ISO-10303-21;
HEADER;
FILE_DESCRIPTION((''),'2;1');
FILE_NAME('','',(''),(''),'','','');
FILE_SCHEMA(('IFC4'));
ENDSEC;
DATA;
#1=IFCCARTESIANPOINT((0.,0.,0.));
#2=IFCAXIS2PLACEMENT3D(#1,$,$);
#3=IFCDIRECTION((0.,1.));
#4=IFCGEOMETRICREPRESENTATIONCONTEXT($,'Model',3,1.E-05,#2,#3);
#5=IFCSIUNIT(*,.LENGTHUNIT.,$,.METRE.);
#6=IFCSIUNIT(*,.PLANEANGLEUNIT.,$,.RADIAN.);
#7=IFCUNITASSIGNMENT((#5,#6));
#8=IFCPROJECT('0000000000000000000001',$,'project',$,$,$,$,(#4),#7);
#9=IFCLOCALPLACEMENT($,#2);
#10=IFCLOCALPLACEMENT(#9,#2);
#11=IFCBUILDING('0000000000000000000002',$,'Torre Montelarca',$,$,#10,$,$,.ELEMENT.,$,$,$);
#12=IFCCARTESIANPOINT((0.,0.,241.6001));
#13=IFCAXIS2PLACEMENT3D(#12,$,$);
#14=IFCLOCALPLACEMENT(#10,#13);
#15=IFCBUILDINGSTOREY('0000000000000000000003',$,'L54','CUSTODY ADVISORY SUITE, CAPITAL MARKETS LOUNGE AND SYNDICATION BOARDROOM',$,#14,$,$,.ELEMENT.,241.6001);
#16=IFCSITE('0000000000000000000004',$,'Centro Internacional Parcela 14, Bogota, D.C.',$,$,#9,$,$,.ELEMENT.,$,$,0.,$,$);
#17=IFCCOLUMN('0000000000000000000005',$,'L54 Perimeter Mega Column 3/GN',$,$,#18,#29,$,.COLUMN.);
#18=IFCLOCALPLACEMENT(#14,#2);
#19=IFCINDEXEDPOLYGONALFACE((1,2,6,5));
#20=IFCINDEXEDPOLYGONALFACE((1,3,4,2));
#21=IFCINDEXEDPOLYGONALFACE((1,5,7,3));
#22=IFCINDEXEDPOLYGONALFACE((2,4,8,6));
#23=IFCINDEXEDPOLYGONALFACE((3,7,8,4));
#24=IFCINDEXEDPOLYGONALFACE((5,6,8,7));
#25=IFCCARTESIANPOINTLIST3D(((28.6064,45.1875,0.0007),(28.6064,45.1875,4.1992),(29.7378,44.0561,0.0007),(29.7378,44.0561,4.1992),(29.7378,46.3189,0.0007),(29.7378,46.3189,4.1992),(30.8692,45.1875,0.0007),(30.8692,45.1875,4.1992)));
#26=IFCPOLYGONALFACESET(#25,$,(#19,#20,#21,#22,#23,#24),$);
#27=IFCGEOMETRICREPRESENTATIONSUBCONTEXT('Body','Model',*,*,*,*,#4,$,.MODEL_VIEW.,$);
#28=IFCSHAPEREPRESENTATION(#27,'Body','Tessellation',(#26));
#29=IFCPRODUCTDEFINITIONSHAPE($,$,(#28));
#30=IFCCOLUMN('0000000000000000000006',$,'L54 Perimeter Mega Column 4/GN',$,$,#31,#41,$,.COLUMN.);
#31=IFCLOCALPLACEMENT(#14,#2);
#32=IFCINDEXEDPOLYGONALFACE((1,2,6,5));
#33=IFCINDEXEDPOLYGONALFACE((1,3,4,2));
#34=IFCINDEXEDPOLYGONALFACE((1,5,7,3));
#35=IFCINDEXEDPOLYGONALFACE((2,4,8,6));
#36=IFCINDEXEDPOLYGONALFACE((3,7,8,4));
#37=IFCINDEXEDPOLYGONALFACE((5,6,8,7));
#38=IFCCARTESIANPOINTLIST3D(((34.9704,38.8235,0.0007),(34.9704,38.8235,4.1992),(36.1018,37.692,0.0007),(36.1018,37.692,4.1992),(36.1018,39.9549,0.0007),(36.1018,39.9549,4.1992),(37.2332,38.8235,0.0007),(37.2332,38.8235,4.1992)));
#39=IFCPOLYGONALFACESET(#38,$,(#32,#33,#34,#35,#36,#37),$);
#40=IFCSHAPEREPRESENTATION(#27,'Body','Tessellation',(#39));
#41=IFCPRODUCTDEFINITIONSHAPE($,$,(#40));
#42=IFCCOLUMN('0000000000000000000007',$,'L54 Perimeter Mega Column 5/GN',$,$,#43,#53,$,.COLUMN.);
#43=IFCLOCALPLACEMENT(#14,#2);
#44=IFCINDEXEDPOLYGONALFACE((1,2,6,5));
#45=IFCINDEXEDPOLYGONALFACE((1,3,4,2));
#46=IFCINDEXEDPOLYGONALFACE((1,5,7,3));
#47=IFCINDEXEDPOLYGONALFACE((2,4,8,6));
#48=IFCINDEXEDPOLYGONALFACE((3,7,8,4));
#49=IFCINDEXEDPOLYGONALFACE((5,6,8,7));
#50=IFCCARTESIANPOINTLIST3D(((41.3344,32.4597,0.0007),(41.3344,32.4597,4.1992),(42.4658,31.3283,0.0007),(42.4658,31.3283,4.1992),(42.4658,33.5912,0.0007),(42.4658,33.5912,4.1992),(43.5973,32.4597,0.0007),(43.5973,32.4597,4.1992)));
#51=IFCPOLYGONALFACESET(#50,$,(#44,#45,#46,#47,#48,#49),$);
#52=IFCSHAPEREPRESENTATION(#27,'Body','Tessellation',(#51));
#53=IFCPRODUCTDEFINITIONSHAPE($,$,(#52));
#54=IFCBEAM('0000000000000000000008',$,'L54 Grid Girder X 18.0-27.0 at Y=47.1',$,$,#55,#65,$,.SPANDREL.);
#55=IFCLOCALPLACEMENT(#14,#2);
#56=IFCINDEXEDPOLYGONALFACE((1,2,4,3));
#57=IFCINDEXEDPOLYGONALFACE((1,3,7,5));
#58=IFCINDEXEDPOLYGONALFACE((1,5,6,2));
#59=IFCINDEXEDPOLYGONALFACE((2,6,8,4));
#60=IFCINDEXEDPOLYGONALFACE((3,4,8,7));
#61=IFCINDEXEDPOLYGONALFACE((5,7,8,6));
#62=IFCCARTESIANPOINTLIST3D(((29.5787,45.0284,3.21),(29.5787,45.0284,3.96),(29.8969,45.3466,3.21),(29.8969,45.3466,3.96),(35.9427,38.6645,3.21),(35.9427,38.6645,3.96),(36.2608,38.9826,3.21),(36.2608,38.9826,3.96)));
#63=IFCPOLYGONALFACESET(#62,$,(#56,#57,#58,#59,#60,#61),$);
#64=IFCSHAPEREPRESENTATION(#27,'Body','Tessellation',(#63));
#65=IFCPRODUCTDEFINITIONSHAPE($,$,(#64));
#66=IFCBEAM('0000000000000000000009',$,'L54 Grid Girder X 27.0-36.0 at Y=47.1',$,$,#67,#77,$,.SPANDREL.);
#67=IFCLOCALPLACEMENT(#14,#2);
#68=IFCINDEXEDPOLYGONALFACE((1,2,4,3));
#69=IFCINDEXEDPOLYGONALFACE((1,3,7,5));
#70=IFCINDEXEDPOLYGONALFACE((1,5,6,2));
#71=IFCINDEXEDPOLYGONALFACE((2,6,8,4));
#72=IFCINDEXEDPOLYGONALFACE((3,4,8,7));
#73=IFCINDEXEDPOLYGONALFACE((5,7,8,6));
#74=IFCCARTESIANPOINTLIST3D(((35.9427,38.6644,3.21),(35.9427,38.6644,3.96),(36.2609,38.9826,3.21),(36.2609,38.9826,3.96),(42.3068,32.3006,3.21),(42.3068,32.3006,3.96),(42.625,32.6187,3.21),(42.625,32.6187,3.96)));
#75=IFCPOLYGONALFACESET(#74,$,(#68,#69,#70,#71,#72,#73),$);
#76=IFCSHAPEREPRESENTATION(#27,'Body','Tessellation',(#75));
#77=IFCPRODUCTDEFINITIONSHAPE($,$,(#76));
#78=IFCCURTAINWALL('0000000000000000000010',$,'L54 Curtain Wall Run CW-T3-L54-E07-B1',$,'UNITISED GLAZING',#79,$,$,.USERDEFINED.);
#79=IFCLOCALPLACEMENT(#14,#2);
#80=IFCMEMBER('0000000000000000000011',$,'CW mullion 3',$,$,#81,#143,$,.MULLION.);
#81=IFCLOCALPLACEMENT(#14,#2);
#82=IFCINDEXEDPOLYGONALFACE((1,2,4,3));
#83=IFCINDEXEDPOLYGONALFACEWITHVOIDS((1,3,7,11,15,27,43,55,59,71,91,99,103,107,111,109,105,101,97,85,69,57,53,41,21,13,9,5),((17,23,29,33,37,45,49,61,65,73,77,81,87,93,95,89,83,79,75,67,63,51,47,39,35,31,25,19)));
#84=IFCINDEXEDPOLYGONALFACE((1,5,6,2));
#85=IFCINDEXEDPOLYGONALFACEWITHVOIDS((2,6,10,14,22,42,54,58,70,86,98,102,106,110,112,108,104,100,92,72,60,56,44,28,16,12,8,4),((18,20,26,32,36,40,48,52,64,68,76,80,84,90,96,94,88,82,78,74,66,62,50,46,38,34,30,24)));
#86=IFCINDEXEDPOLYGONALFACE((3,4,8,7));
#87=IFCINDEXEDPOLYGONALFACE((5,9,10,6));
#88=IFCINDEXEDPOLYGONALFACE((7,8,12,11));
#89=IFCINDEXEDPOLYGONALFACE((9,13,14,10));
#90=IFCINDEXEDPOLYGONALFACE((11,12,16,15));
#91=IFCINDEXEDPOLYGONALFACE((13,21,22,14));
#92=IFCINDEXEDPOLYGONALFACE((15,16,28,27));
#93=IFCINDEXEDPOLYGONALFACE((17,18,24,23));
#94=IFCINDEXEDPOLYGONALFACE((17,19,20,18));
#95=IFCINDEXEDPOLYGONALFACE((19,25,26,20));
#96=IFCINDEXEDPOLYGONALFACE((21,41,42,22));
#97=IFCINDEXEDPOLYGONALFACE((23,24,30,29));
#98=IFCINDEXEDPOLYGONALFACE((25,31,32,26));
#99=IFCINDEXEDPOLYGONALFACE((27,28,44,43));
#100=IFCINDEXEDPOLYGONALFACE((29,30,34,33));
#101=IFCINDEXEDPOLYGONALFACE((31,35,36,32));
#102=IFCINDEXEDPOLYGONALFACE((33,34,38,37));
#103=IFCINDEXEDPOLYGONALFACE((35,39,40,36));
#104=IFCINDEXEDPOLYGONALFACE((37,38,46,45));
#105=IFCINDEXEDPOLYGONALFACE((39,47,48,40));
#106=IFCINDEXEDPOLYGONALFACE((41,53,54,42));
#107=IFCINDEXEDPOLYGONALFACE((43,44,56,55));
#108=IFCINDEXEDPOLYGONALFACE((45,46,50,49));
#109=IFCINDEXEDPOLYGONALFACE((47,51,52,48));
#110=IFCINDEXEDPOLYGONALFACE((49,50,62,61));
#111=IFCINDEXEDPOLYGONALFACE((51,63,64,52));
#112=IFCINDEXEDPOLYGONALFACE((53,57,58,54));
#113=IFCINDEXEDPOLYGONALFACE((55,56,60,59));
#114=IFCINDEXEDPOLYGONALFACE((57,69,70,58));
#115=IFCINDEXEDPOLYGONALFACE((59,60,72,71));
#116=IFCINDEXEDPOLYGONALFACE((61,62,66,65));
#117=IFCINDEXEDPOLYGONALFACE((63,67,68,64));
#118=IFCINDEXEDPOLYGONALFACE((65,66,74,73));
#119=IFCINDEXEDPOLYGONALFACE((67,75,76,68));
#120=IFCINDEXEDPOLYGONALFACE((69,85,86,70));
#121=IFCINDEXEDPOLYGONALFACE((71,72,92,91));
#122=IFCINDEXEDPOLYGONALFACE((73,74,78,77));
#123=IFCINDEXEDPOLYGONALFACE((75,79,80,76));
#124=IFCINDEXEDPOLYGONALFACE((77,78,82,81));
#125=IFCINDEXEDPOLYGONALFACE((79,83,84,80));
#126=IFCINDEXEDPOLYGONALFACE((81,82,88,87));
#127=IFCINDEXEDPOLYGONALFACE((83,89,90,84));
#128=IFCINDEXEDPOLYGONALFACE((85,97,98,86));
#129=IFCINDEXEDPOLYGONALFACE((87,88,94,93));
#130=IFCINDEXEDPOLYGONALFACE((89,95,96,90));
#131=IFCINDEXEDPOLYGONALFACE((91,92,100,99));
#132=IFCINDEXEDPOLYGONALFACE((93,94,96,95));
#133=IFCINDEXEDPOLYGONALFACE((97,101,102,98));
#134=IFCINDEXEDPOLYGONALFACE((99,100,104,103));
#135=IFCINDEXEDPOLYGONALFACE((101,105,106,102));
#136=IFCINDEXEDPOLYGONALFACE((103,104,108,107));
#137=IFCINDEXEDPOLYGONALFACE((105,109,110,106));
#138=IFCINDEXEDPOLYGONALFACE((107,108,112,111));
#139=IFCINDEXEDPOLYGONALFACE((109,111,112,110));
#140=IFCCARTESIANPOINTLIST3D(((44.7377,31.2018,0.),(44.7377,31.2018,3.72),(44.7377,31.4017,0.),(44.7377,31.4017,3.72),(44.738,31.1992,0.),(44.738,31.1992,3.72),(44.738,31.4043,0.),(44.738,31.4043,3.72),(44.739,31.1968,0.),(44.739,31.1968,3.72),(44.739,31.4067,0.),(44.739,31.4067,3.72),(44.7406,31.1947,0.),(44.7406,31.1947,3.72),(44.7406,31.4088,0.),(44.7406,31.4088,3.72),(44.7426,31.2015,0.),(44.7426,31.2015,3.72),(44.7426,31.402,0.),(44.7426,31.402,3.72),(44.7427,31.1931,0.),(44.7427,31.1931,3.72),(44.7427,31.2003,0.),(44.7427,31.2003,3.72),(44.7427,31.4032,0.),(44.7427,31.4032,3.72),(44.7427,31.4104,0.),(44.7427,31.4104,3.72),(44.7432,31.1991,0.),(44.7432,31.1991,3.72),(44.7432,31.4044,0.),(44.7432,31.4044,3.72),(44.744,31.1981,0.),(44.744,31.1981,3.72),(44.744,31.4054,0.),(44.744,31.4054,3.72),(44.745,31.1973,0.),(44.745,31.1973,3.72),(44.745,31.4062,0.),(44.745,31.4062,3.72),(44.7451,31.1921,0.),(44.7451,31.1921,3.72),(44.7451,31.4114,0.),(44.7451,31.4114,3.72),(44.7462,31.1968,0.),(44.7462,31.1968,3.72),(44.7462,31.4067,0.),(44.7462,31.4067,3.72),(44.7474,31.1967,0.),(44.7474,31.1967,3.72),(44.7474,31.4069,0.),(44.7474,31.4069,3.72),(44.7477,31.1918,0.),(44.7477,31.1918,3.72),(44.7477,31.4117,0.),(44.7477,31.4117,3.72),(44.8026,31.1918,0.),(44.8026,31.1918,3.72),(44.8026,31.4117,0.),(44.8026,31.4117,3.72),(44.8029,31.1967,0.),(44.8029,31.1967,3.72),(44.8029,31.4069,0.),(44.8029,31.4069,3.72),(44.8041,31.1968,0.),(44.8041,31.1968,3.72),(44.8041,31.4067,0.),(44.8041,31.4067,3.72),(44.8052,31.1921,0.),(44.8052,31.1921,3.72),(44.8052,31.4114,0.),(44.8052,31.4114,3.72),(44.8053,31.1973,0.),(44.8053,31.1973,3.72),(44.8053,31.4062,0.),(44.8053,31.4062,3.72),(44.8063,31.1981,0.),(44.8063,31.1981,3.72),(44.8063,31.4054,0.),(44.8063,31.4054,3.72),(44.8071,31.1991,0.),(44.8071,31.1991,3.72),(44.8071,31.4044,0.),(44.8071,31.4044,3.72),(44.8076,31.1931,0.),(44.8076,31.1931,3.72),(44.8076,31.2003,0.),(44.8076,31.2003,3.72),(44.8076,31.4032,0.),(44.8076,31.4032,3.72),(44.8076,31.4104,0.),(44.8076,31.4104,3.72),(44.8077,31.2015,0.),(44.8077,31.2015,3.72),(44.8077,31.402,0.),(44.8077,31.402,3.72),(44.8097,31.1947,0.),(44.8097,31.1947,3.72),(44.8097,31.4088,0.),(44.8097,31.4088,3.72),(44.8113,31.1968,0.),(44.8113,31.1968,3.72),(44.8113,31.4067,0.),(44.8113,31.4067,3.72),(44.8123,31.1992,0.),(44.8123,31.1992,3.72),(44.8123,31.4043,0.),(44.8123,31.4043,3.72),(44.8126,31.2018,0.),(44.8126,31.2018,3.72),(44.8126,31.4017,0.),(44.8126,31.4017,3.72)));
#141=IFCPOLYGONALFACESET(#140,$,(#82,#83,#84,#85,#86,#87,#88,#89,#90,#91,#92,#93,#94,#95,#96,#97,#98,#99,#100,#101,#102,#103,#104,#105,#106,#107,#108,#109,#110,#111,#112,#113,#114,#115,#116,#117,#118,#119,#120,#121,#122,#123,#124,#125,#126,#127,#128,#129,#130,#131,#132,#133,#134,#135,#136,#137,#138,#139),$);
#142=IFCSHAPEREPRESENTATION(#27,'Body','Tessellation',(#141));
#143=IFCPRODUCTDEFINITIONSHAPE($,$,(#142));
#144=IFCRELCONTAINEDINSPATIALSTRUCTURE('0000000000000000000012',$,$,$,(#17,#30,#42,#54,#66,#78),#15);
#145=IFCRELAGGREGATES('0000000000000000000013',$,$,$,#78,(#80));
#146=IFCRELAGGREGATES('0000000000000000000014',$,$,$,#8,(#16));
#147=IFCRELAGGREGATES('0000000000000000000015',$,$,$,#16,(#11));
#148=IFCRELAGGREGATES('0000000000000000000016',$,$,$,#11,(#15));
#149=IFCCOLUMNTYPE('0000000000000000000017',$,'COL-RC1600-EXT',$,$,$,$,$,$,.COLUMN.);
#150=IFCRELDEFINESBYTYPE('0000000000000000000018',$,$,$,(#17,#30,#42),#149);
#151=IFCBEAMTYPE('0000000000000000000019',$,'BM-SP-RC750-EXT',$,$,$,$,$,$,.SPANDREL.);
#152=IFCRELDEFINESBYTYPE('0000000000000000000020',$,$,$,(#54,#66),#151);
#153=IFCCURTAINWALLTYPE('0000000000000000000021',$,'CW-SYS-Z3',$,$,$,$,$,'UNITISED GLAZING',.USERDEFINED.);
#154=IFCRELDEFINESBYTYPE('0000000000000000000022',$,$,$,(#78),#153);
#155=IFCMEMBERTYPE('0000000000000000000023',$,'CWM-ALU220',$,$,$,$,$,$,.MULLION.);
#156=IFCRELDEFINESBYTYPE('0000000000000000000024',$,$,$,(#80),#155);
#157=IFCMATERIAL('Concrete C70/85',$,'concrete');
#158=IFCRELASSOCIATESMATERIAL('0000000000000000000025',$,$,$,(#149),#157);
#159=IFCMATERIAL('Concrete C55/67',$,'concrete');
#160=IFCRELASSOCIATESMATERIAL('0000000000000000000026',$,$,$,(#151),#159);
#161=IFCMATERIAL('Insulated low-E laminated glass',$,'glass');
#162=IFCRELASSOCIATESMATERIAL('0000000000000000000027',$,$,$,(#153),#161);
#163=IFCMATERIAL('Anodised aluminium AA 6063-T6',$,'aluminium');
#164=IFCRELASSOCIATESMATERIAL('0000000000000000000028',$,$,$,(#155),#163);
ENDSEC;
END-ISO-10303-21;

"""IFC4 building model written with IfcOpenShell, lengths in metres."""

from ifc_helpers import new_model, si_unit, direction, frame, origin, origin_2d, place, context, subcontext, project, spatial, rectangle, hollow_rectangle, extrude, source, transform, mapped, material, material_profile, profile_set, type_object, element, aggregate, save


model = new_model("IFC4")

# Units and contexts
model_context = context("Model", 3, precision=1e-05, world=origin(), true_north=direction((0.0, 1.0)))
body_context = subcontext(model_context, "Body", "Model", "MODEL_VIEW")
ifc_project = project(units=[si_unit("LENGTHUNIT", "METRE"), si_unit("PLANEANGLEUNIT", "RADIAN")], contexts=[model_context])

# Site, building, storey
site_placement = place(None, origin())
site = spatial("IfcSite", under=ifc_project, at=site_placement, Name="Centro Internacional Parcela 14, Bogota, D.C.", CompositionType="ELEMENT", RefElevation=0.0)
building_placement = place(site_placement, origin())
building = spatial("IfcBuilding", under=site, at=building_placement, Name="Torre Montelarca", CompositionType="ELEMENT")
storey_placement = place(building_placement, frame((0.0, 0.0, 241.6001)))
storey = spatial("IfcBuildingStorey", under=building, at=storey_placement, Name="L54", Description="CUSTODY ADVISORY SUITE, CAPITAL MARKETS LOUNGE AND SYNDICATION BOARDROOM", CompositionType="ELEMENT", Elevation=241.6001)

# Columns
ifc_material_1 = material(Name="Concrete C70/85", Category="concrete")
ifc_material_profile_1 = material_profile(ifc_material_1, rectangle(XDim=1.6001, YDim=1.6001, at=origin_2d()), Name="RC1600X1600", Category="concrete")
ifc_profile_set_1 = profile_set([ifc_material_profile_1], Name="Concrete C70/85")
column_type = type_object("IfcColumnType", Name="COL-RC1600-EXT", PredefinedType="COLUMN", material=ifc_profile_set_1)
shared_shape_1 = source(origin(), body_context, "Body", "SweptSolid", [
    extrude(rectangle(XDim=1.6001, YDim=1.6001, at=origin_2d()), origin(), (0.0, 0.0, 1.0), 4.1985),
])
for number, where, z_axis, x_axis, name in (
    (1, (29.7378, 45.1875, 0.0007), (0.0, 0.0, 1.0), (-0.707107, 0.707107, 0.0), "L54 Perimeter Mega Column 3/GN"),
    (2, (36.1018, 38.8235, 0.0007), (0.0, 0.0, 1.0), (-0.707107, 0.707107, 0.0), "L54 Perimeter Mega Column 4/GN"),
    (3, (42.4658, 32.4597, 0.0007), (0.0, 0.0, 1.0), (-0.707107, 0.707107, 0.0), "L54 Perimeter Mega Column 5/GN"),
):
    element("IfcColumn", number, at=place(storey_placement, frame(where, z_axis=z_axis, x_axis=x_axis)), inside=storey, type_object=column_type, Name=name, PredefinedType="COLUMN", context=body_context, shape_type="MappedRepresentation", body=[
        mapped(shared_shape_1, transform((0.0, 0.0, 0.0), scale=1.0)),
    ])

# Beams
ifc_material_2 = material(Name="Concrete C55/67", Category="concrete")
ifc_material_profile_2 = material_profile(ifc_material_2, rectangle(XDim=0.45, YDim=0.75, at=origin_2d()), Name="RCB450X750", Category="concrete")
ifc_profile_set_2 = profile_set([ifc_material_profile_2], Name="Concrete C55/67")
beam_type = type_object("IfcBeamType", Name="BM-SP-RC750-EXT", PredefinedType="SPANDREL", material=ifc_profile_set_2)
shared_shape_2 = source(origin(), body_context, "Body", "SweptSolid", [
    extrude(rectangle(XDim=0.45, YDim=0.75, at=origin_2d()), origin(), (0.0, 0.0, 1.0), 9.0),
])
for number, where, z_axis, x_axis, name in (
    (4, (29.7378, 45.1875, 3.585), (0.707107, -0.707107, 0.0), (0.707107, 0.707107, 0.0), "L54 Grid Girder X 18.0-27.0 at Y=47.1"),
    (5, (36.1018, 38.8235, 3.585), (0.70712, -0.707093, 0.0), (0.707093, 0.70712, 0.0), "L54 Grid Girder X 27.0-36.0 at Y=47.1"),
):
    element("IfcBeam", number, at=place(storey_placement, frame(where, z_axis=z_axis, x_axis=x_axis)), inside=storey, type_object=beam_type, Name=name, PredefinedType="SPANDREL", context=body_context, shape_type="MappedRepresentation", body=[
        mapped(shared_shape_2, transform((0.0, 0.0, 0.0), scale=1.0)),
    ])

# Curtain wall, member
ifc_material_3 = material(Name="Insulated low-E laminated glass", Category="glass")
curtain_wall_type = type_object("IfcCurtainWallType", Name="CW-SYS-Z3", ElementType="UNITISED GLAZING", PredefinedType="USERDEFINED", material=ifc_material_3)
curtain_wall_1_placement = place(storey_placement, origin())
curtain_wall_1 = element("IfcCurtainWall", 6, at=curtain_wall_1_placement, inside=storey, type_object=curtain_wall_type, Name="L54 Curtain Wall Run CW-T3-L54-E07-B1", ObjectType="UNITISED GLAZING", PredefinedType="USERDEFINED")
ifc_material_4 = material(Name="Anodised aluminium AA 6063-T6", Category="aluminium")
ifc_material_profile_3 = material_profile(ifc_material_4, hollow_rectangle(XDim=0.075, YDim=0.22, WallThickness=0.0049, InnerFilletRadius=0.0049, OuterFilletRadius=0.01, at=origin_2d()), Name="ALU75X220X5", Category="aluminium")
ifc_profile_set_3 = profile_set([ifc_material_profile_3], Name="Anodised aluminium AA 6063-T6")
member_type_1 = type_object("IfcMemberType", Name="CWM-ALU220", PredefinedType="MULLION", material=ifc_profile_set_3)
shared_shape_3 = source(origin(), body_context, "Body", "SweptSolid", [
    extrude(hollow_rectangle(XDim=0.075, YDim=0.22, WallThickness=0.0049, InnerFilletRadius=0.0049, OuterFilletRadius=0.01, at=origin_2d()), origin(), (0.0, 0.0, 1.0), 3.72),
])
member_1_placement = place(storey_placement, frame((44.7751, 31.3018, 0.0), z_axis=(0.0, 0.0, 1.0), x_axis=(-1.0, 0.0, 0.0)))
member_1 = element("IfcMember", 7, at=member_1_placement, type_object=member_type_1, Name="CW mullion 3", PredefinedType="MULLION", context=body_context, shape_type="MappedRepresentation", body=[
    mapped(shared_shape_3, transform((0.0, 0.0, 0.0), scale=1.0)),
])
aggregate(curtain_wall_1, [member_1])

save(model, "model.ifc")
